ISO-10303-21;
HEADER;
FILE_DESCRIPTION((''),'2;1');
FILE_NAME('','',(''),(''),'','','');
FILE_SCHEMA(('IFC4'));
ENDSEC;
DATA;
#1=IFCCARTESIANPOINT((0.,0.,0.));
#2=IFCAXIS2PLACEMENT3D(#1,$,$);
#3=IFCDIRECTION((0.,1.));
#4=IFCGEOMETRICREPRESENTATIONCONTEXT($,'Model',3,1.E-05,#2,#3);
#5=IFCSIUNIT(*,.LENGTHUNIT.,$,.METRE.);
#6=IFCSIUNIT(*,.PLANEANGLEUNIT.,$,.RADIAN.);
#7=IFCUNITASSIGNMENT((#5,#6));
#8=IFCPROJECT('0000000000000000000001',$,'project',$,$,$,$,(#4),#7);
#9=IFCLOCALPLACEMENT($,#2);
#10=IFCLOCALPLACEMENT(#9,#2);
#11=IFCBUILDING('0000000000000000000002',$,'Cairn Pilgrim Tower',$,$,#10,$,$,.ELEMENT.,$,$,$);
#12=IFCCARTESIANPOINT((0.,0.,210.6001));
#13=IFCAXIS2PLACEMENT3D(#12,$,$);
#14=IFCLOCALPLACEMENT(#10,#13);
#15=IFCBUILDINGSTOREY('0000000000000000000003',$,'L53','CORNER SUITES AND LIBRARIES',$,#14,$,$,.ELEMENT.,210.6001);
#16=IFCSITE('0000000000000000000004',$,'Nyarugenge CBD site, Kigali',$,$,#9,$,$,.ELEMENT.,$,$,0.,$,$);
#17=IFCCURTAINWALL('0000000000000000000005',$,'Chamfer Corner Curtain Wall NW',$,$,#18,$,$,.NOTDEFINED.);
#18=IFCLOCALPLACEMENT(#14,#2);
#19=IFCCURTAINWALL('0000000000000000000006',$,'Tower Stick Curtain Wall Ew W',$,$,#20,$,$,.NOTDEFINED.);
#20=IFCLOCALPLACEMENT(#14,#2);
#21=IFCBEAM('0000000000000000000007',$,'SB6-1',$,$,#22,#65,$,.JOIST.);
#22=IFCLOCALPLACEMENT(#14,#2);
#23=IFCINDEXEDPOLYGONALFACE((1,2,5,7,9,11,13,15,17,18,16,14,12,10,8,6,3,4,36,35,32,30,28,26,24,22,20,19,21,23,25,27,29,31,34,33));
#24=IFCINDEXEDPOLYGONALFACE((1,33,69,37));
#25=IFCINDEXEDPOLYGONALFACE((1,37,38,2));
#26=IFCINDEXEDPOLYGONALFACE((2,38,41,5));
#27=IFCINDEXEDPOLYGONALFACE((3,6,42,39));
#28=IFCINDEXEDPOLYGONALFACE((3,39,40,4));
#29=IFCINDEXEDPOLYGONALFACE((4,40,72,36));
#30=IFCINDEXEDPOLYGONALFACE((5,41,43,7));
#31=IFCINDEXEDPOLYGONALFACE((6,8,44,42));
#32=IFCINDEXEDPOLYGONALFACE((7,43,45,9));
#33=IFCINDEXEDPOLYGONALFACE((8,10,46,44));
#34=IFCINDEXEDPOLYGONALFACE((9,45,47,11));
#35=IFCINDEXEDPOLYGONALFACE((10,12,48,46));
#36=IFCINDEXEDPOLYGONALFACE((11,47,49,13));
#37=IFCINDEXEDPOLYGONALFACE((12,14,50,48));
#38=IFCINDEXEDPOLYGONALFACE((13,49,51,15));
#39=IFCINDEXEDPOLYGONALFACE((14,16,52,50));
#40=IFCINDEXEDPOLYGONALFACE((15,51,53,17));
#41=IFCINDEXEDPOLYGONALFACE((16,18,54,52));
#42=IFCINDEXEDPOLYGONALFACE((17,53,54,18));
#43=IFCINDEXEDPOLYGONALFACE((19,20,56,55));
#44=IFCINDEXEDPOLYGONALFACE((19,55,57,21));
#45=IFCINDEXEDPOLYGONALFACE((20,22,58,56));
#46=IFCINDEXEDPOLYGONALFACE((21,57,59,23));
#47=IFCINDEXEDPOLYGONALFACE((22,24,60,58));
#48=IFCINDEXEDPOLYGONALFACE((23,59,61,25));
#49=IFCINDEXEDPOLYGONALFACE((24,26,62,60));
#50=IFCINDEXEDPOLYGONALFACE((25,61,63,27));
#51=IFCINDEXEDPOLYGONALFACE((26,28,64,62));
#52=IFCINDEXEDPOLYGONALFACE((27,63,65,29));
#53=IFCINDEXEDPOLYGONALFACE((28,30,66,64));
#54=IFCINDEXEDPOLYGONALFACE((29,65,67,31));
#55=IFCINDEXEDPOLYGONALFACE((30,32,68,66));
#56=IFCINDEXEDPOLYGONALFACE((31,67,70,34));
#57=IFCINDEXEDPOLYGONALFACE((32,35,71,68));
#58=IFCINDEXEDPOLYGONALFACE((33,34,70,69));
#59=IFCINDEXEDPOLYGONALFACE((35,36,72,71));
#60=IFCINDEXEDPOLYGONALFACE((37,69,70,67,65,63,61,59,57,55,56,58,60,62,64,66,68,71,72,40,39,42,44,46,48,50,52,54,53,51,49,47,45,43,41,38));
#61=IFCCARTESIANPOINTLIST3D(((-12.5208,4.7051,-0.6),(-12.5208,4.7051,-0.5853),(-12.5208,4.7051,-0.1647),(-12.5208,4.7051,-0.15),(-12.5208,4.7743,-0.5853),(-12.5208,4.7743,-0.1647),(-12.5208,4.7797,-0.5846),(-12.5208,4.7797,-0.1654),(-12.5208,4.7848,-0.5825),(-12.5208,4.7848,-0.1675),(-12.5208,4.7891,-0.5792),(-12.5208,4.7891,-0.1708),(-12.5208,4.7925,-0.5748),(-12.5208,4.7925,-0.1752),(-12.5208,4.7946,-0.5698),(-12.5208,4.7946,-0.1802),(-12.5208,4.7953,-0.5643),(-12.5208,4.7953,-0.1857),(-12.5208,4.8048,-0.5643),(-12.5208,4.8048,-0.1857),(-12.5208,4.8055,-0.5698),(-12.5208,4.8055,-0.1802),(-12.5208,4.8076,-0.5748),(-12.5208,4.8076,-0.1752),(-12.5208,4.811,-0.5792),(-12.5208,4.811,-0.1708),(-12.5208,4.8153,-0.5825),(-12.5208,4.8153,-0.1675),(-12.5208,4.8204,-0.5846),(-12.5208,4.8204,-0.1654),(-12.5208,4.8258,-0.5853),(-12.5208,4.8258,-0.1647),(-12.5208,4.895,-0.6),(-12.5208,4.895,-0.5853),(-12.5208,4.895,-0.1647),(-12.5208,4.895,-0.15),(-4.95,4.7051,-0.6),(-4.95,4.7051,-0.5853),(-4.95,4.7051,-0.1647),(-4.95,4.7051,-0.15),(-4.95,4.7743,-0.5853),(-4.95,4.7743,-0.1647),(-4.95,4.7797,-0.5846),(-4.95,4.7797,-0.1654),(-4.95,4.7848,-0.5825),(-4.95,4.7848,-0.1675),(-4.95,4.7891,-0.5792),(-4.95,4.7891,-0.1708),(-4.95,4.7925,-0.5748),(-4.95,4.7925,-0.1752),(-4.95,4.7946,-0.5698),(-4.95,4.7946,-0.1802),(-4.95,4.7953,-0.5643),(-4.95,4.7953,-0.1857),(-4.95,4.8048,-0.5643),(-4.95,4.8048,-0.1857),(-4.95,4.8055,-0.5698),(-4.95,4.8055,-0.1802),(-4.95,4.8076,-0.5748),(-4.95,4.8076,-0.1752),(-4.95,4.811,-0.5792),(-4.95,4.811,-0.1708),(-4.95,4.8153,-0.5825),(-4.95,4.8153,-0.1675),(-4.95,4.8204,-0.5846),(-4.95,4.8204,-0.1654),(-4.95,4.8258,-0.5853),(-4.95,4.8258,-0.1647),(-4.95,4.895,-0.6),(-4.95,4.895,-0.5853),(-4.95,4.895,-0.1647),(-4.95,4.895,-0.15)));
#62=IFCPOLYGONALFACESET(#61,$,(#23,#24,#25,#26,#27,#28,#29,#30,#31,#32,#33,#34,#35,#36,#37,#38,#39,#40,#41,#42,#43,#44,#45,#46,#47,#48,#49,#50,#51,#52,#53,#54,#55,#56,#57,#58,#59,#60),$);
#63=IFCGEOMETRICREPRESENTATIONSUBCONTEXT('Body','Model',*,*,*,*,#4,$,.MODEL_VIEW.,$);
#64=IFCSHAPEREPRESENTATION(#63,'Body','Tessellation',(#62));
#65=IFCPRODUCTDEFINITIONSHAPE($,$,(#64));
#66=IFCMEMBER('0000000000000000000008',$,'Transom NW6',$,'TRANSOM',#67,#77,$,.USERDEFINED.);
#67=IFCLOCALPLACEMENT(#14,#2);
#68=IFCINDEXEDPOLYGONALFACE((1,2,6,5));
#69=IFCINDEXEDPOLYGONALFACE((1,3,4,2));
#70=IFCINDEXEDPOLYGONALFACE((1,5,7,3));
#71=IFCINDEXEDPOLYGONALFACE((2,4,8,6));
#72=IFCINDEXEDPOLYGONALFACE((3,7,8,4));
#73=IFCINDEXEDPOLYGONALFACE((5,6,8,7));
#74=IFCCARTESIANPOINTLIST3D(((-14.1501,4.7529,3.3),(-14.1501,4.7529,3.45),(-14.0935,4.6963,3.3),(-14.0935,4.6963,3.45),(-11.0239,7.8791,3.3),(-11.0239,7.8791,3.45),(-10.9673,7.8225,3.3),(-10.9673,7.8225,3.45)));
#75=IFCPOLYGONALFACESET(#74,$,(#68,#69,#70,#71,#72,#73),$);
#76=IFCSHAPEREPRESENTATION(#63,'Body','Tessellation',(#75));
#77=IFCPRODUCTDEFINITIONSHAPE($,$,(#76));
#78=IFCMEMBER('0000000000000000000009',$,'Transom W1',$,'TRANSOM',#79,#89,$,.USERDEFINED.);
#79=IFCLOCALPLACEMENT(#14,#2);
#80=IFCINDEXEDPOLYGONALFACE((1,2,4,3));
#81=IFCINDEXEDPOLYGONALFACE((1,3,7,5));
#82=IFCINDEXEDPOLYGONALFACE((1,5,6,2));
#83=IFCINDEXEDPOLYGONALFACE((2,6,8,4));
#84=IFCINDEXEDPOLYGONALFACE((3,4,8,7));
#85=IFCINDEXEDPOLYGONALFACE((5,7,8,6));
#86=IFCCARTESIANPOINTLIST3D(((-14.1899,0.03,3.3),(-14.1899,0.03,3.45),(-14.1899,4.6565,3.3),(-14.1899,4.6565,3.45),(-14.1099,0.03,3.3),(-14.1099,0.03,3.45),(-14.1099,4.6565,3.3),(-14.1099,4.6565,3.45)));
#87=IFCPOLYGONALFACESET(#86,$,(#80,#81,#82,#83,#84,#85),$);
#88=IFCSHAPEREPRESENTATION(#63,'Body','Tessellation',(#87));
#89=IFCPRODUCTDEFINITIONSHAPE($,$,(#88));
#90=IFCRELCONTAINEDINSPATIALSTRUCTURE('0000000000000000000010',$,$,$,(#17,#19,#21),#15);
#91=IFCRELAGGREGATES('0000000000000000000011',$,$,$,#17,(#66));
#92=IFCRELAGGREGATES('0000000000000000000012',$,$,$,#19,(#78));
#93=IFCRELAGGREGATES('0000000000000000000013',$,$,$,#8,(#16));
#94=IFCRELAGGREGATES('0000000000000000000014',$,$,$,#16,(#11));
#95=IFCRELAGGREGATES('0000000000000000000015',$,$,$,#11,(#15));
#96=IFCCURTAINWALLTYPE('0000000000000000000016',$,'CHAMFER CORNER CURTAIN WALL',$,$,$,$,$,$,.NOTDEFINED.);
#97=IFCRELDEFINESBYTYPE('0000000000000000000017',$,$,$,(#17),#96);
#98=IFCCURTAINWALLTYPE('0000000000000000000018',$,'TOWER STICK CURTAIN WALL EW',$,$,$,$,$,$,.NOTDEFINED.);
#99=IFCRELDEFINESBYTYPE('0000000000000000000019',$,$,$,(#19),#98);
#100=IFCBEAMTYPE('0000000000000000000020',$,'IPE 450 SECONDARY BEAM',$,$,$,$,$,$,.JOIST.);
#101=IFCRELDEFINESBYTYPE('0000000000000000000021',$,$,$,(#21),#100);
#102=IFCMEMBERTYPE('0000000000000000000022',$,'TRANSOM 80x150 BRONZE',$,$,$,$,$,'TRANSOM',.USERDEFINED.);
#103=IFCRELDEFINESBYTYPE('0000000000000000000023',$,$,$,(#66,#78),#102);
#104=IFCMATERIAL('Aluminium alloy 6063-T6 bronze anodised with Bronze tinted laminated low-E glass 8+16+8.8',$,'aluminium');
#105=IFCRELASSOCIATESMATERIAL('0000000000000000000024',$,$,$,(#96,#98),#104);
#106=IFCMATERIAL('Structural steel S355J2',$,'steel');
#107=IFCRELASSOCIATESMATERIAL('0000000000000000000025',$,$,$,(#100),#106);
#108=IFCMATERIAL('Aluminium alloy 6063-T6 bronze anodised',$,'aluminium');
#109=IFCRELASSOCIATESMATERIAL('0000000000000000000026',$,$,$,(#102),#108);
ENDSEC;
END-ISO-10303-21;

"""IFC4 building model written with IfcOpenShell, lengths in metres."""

from ifc_helpers import new_model, si_unit, direction, frame, origin, origin_2d, place, context, subcontext, project, spatial, rectangle, i_section, extrude, material, material_profile, profile_set, type_object, element, aggregate, save


model = new_model("IFC4")

# Units and contexts
model_context = context("Model", 3, precision=1e-05, world=origin(), true_north=direction((0.0, 1.0)))
body_context = subcontext(model_context, "Body", "Model", "MODEL_VIEW")
ifc_project = project(units=[si_unit("LENGTHUNIT", "METRE"), si_unit("PLANEANGLEUNIT", "RADIAN")], contexts=[model_context])

# Site, building, storey
site_placement = place(None, origin())
site = spatial("IfcSite", under=ifc_project, at=site_placement, Name="Nyarugenge CBD site, Kigali", CompositionType="ELEMENT", RefElevation=0.0)
building_placement = place(site_placement, origin())
building = spatial("IfcBuilding", under=site, at=building_placement, Name="Cairn Pilgrim Tower", CompositionType="ELEMENT")
storey_placement = place(building_placement, frame((0.0, 0.0, 210.6001)))
storey = spatial("IfcBuildingStorey", under=building, at=storey_placement, Name="L53", Description="CORNER SUITES AND LIBRARIES", CompositionType="ELEMENT", Elevation=210.6001)

# Shared definitions
ifc_material_1 = material(Name="Structural steel S355J2", Category="steel")

# Curtain walls
ifc_material_2 = material(Name="Aluminium alloy 6063-T6 bronze anodised with Bronze tinted laminated low-E glass 8+16+8.8", Category="aluminium")
curtain_wall_type_1 = type_object("IfcCurtainWallType", Name="CHAMFER CORNER CURTAIN WALL", PredefinedType="NOTDEFINED", material=ifc_material_2)
curtain_wall_1_placement = place(storey_placement, origin())
curtain_wall_1 = element("IfcCurtainWall", 1, at=curtain_wall_1_placement, inside=storey, type_object=curtain_wall_type_1, Name="Chamfer Corner Curtain Wall NW", PredefinedType="NOTDEFINED")
ifc_material_3 = material(Name="Aluminium alloy 6063-T6 bronze anodised", Category="aluminium")
curtain_wall_type_2 = type_object("IfcCurtainWallType", Name="TOWER STICK CURTAIN WALL EW", PredefinedType="NOTDEFINED", material=ifc_material_2)
curtain_wall_2_placement = place(storey_placement, origin())
curtain_wall_2 = element("IfcCurtainWall", 2, at=curtain_wall_2_placement, inside=storey, type_object=curtain_wall_type_2, Name="Tower Stick Curtain Wall Ew W", PredefinedType="NOTDEFINED")

# Beam
ifc_material_profile_1 = material_profile(ifc_material_1, i_section(OverallWidth=0.1899, OverallDepth=0.45, WebThickness=0.0095, FlangeThickness=0.0146, FilletRadius=0.021, at=origin_2d()), Name="IPE 450")
ifc_profile_set_1 = profile_set([ifc_material_profile_1], Name="Structural steel S355J2")
beam_type_1 = type_object("IfcBeamType", Name="IPE 450 SECONDARY BEAM", PredefinedType="JOIST", material=ifc_profile_set_1)
beam_1_placement = place(storey_placement, frame((-12.5208, 4.8, -0.375), z_axis=(1.0, 0.0, 0.0), x_axis=(0.0, 1.0, 0.0)))
element("IfcBeam", 3, at=beam_1_placement, inside=storey, type_object=beam_type_1, Name="SB6-1", PredefinedType="JOIST", context=body_context, shape_type="SweptSolid", body=[
    extrude(i_section(OverallWidth=0.1899, OverallDepth=0.45, WebThickness=0.0095, FlangeThickness=0.0146, FilletRadius=0.021, at=origin_2d()), origin(), (0.0, 0.0, 1.0), 7.5708),
])

# Members
ifc_material_profile_2 = material_profile(ifc_material_3, rectangle(XDim=0.0801, YDim=0.1499, at=origin_2d()), Name="TRANSOM 80x150 BRONZE")
ifc_profile_set_2 = profile_set([ifc_material_profile_2], Name="Aluminium alloy 6063-T6 bronze anodised")
member_type_1 = type_object("IfcMemberType", Name="TRANSOM 80x150 BRONZE", ElementType="TRANSOM", PredefinedType="USERDEFINED", material=ifc_profile_set_2)
member_1_placement = place(storey_placement, frame((-10.9956, 7.8508, 3.375), z_axis=(-0.707107, -0.707107, 0.0), x_axis=(0.707107, -0.707107, 0.0)))
member_1 = element("IfcMember", 4, at=member_1_placement, type_object=member_type_1, Name="Transom NW6", ObjectType="TRANSOM", PredefinedType="USERDEFINED", context=body_context, shape_type="SweptSolid", body=[
    extrude(rectangle(XDim=0.0801, YDim=0.1499, at=origin_2d()), origin(), (0.0, 0.0, 1.0), 4.4211),
])
member_2_placement = place(storey_placement, frame((-14.1499, 4.6565, 3.375), z_axis=(0.0, -1.0, 0.0), x_axis=(1.0, 0.0, 0.0)))
member_2 = element("IfcMember", 5, at=member_2_placement, type_object=member_type_1, Name="Transom W1", ObjectType="TRANSOM", PredefinedType="USERDEFINED", context=body_context, shape_type="SweptSolid", body=[
    extrude(rectangle(XDim=0.0801, YDim=0.1499, at=origin_2d()), origin(), (0.0, 0.0, 1.0), 4.6265),
])

aggregate(curtain_wall_1, [member_1])
aggregate(curtain_wall_2, [member_2])

save(model, "model.ifc")
